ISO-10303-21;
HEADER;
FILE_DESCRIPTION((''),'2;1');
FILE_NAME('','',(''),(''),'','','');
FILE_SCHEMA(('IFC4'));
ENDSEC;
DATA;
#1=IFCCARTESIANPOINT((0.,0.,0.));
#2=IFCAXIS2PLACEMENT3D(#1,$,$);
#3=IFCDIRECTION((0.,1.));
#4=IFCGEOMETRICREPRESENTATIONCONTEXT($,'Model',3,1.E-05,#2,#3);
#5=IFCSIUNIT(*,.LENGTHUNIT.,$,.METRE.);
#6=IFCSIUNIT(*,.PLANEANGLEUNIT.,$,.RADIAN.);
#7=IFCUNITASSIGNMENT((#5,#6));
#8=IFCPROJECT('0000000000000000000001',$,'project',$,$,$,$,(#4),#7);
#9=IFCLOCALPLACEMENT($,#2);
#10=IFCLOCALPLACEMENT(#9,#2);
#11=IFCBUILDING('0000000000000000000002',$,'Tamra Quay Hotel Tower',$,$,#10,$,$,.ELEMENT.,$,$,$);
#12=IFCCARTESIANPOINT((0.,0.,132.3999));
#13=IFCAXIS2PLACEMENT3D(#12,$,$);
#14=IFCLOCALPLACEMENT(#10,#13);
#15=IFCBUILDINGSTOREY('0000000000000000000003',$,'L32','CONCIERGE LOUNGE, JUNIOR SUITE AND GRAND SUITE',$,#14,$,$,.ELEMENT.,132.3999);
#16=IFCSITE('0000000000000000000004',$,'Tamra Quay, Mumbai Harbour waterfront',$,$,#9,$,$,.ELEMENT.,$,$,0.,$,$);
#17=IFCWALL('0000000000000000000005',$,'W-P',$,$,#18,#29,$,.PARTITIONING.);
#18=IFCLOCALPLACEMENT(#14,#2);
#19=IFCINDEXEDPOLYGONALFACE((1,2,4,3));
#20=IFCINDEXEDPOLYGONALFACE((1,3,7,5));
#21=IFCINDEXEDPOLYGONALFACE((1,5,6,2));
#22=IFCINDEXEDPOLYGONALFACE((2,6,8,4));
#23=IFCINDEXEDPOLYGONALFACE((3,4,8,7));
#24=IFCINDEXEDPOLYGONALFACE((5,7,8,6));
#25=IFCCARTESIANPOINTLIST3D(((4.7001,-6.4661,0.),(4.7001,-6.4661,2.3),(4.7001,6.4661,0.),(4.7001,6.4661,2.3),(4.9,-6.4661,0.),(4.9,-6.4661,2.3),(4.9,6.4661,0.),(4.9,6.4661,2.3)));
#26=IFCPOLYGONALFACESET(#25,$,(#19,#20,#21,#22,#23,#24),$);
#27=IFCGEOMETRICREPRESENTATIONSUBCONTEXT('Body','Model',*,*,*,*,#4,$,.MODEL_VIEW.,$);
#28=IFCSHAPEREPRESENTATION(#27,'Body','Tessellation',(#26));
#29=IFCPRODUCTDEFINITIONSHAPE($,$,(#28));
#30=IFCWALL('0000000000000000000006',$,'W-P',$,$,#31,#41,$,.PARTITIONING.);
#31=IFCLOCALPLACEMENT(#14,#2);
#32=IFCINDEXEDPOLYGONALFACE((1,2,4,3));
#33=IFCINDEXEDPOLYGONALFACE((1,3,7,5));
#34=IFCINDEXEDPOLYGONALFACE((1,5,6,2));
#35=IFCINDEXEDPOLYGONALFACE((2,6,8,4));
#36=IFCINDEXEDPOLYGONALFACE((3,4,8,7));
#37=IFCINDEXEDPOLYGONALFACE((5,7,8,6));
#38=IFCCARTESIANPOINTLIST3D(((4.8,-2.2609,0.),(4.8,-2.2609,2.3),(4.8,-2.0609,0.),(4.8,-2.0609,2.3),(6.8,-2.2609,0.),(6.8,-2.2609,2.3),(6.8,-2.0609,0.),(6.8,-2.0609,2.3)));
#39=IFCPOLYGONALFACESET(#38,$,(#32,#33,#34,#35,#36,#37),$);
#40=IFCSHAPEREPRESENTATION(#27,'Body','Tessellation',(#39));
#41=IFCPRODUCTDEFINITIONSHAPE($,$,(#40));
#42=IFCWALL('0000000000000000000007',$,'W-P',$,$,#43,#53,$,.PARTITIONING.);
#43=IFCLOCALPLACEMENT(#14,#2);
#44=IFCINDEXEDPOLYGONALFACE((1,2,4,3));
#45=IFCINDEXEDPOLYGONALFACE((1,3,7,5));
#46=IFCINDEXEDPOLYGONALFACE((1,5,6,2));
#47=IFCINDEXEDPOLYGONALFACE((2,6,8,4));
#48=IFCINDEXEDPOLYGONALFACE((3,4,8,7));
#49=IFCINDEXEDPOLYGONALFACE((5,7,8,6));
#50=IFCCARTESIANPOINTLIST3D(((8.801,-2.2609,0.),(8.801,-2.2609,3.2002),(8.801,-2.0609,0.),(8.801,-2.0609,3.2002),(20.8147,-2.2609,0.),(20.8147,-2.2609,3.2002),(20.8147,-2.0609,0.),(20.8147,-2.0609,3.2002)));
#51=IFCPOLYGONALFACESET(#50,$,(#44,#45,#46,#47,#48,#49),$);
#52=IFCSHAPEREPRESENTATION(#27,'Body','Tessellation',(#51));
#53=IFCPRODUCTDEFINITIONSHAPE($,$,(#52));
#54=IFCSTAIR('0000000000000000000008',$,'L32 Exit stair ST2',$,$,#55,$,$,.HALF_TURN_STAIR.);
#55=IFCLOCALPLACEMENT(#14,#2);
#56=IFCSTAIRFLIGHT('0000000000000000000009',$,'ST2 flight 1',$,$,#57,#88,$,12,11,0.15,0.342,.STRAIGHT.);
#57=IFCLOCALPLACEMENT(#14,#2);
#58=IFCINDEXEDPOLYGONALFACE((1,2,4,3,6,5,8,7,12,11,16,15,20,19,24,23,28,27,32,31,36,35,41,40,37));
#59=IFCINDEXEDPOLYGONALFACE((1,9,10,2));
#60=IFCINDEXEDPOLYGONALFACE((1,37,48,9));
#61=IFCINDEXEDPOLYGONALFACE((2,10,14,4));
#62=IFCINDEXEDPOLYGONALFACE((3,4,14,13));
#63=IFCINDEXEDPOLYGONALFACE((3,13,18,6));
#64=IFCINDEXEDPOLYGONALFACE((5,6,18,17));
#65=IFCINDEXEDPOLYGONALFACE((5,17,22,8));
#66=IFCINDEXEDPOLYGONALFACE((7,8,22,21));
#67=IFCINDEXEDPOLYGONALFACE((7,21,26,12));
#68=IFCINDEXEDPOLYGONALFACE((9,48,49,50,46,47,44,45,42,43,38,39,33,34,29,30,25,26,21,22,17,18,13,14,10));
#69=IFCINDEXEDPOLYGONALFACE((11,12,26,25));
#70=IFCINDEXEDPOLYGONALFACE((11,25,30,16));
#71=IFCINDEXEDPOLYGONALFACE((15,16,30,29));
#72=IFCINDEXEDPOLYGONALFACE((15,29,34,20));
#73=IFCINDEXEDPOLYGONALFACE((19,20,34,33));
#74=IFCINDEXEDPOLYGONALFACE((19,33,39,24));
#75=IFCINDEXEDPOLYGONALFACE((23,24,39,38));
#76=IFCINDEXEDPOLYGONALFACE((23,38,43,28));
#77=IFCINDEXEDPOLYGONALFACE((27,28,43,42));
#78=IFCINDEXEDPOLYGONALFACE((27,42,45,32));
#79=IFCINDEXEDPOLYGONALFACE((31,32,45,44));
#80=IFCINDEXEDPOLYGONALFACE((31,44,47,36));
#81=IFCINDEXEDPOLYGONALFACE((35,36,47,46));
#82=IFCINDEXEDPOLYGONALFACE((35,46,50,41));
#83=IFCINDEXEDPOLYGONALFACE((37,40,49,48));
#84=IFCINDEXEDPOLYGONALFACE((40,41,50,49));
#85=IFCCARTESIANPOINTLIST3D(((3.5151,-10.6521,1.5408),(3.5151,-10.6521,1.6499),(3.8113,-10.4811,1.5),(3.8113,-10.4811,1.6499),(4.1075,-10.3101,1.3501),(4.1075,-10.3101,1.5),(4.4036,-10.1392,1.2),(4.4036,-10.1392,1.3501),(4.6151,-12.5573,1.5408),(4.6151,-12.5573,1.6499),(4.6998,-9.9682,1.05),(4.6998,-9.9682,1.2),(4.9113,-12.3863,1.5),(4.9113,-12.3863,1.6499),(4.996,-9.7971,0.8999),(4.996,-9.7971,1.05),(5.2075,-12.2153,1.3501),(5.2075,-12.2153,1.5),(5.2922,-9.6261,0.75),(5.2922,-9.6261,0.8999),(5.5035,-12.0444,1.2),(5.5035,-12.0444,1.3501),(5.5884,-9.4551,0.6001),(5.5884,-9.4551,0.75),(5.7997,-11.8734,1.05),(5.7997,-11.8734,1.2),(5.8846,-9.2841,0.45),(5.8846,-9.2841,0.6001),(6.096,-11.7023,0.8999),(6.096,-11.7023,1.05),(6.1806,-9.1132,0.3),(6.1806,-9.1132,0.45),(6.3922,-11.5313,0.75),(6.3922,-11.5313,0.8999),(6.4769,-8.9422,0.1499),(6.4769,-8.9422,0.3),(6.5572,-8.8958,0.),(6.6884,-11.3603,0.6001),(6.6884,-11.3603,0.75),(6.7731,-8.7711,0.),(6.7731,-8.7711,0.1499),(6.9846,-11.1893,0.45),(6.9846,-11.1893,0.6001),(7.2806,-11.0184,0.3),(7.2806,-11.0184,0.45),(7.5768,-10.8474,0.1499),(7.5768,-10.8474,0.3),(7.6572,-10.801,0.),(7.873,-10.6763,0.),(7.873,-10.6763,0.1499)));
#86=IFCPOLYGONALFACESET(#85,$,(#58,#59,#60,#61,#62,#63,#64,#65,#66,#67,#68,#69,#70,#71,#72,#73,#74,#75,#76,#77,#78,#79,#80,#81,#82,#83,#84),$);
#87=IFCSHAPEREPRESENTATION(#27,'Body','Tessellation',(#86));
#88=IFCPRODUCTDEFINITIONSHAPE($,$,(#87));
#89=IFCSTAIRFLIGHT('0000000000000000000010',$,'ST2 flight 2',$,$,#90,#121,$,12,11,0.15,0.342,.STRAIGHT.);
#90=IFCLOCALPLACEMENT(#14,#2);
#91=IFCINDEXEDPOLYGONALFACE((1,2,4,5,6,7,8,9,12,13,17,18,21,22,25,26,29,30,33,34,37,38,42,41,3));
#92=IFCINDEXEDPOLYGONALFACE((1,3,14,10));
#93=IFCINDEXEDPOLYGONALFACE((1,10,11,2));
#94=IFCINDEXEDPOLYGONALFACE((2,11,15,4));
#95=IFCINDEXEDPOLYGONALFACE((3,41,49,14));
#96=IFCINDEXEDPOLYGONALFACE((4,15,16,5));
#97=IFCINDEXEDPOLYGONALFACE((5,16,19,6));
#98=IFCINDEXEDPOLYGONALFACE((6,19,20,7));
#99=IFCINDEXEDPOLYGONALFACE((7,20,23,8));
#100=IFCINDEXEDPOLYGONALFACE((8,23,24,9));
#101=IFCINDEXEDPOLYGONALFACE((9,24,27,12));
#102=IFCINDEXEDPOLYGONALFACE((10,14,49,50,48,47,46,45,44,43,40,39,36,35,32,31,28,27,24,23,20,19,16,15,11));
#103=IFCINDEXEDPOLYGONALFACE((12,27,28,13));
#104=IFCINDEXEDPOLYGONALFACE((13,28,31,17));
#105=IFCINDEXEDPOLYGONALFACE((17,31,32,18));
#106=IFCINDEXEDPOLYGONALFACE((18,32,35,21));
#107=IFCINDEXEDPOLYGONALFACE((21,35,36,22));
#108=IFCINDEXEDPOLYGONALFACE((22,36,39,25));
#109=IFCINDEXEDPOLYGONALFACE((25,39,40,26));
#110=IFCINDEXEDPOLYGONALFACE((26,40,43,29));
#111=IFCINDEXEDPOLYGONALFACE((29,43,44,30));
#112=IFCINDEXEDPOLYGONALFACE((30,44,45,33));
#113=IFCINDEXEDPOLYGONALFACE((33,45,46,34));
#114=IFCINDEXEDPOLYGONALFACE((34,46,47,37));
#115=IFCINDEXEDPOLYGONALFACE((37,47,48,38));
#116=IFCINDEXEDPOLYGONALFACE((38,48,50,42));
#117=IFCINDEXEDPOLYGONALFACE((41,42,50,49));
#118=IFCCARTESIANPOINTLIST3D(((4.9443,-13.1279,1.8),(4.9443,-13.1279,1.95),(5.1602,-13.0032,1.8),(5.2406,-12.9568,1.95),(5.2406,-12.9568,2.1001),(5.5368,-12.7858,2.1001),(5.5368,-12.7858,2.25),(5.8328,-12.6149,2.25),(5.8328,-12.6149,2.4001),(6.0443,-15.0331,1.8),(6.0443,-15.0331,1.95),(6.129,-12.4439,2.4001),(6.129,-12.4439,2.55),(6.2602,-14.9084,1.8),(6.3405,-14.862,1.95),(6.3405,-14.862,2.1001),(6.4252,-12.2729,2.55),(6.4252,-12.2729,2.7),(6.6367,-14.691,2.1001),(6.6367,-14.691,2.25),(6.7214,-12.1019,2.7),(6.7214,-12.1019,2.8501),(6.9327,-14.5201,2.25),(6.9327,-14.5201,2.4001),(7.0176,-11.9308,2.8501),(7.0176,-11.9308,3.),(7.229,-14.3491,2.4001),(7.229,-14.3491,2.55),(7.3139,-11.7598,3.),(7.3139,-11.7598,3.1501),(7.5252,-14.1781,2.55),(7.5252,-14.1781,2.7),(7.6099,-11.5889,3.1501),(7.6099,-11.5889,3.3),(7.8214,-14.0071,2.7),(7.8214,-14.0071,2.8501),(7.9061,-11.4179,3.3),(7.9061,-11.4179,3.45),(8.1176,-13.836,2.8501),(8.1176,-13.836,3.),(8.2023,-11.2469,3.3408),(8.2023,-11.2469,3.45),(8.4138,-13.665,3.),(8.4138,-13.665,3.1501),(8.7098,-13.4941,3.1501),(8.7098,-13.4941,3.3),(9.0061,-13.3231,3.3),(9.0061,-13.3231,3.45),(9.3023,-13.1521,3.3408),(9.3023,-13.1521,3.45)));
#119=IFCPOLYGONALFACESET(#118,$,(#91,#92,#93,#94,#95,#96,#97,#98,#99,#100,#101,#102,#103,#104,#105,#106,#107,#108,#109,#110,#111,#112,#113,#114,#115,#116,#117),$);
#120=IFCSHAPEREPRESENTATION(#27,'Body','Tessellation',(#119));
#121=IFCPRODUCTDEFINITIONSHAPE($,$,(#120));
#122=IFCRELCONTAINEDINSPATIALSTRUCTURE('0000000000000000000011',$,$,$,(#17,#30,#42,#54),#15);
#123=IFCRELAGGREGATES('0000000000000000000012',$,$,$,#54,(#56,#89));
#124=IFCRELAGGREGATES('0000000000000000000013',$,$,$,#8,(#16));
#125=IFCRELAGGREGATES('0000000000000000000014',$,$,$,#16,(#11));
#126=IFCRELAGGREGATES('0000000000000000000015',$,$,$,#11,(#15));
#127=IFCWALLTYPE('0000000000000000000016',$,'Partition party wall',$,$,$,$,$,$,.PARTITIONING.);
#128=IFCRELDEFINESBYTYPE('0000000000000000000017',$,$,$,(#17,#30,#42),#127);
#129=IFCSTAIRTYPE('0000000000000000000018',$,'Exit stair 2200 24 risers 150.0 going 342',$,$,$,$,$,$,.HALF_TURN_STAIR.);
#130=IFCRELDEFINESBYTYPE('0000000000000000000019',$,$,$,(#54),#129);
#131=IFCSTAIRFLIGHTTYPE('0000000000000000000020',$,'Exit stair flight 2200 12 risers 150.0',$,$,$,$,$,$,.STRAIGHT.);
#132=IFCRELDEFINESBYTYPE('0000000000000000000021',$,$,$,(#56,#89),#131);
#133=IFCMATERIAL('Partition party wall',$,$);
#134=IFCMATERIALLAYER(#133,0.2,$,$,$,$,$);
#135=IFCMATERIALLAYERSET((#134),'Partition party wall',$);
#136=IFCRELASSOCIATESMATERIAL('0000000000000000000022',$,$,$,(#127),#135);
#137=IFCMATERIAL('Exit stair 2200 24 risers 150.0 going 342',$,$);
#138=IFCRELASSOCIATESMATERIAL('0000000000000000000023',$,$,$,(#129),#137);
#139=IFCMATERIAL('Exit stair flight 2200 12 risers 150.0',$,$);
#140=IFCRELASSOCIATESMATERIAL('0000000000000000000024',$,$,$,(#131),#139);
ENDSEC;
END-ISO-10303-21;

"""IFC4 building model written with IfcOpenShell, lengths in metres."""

from ifc_helpers import new_model, si_unit, direction, frame, frame_2d, origin, place, context, subcontext, project, spatial, polyline, rectangle, outline, extrude, material, layer, layer_set, type_object, element, aggregate, save


model = new_model("IFC4")

# Units and contexts
model_context = context("Model", 3, precision=1e-05, world=origin(), true_north=direction((0.0, 1.0)))
body_context = subcontext(model_context, "Body", "Model", "MODEL_VIEW")
ifc_project = project(units=[si_unit("LENGTHUNIT", "METRE"), si_unit("PLANEANGLEUNIT", "RADIAN")], contexts=[model_context])

# Site, building, storey
site_placement = place(None, origin())
site = spatial("IfcSite", under=ifc_project, at=site_placement, Name="Tamra Quay, Mumbai Harbour waterfront", CompositionType="ELEMENT", RefElevation=0.0)
building_placement = place(site_placement, origin())
building = spatial("IfcBuilding", under=site, at=building_placement, Name="Tamra Quay Hotel Tower", CompositionType="ELEMENT")
storey_placement = place(building_placement, frame((0.0, 0.0, 132.3999)))
storey = spatial("IfcBuildingStorey", under=building, at=storey_placement, Name="L32", Description="CONCIERGE LOUNGE, JUNIOR SUITE AND GRAND SUITE", CompositionType="ELEMENT", Elevation=132.3999)

# Walls
ifc_material_1 = material(Name="Partition party wall")
ifc_layer_1 = layer(ifc_material_1, 0.2)
ifc_layer_set_1 = layer_set([ifc_layer_1], Name="Partition party wall")
wall_type_1 = type_object("IfcWallType", Name="Partition party wall", PredefinedType="PARTITIONING", material=ifc_layer_set_1)
wall_1_placement = place(storey_placement, frame((4.8, -6.4661, 0.0), z_axis=(0.0, 0.0, 1.0), x_axis=(0.0, 1.0, 0.0)))
element("IfcWall", 1, at=wall_1_placement, inside=storey, type_object=wall_type_1, Name="W-P", PredefinedType="PARTITIONING", context=body_context, shape_type="SweptSolid", body=[
    extrude(rectangle(XDim=12.9321, YDim=0.2, at=frame_2d((6.4661, 0.0))), origin(), (0.0, 0.0, 1.0), 2.3),
])
wall_2_placement = place(storey_placement, frame((4.8, -2.1609, 0.0), z_axis=(0.0, 0.0, 1.0), x_axis=(1.0, 0.0, 0.0)))
element("IfcWall", 2, at=wall_2_placement, inside=storey, type_object=wall_type_1, Name="W-P", PredefinedType="PARTITIONING", context=body_context, shape_type="SweptSolid", body=[
    extrude(rectangle(XDim=2.0, YDim=0.2, at=frame_2d((1.0, 0.0))), origin(), (0.0, 0.0, 1.0), 2.3),
])
wall_3_placement = place(storey_placement, frame((8.801, -2.1609, 0.0), z_axis=(0.0, 0.0, 1.0), x_axis=(1.0, 0.0, 0.0)))
element("IfcWall", 3, at=wall_3_placement, inside=storey, type_object=wall_type_1, Name="W-P", PredefinedType="PARTITIONING", context=body_context, shape_type="SweptSolid", body=[
    extrude(rectangle(XDim=12.0137, YDim=0.2, at=frame_2d((6.0068, 0.0))), origin(), (0.0, 0.0, 1.0), 3.2002),
])

# Stair, stair flights
ifc_material_2 = material(Name="Exit stair 2200 24 risers 150.0 going 342")
stair_type = type_object("IfcStairType", Name="Exit stair 2200 24 risers 150.0 going 342", PredefinedType="HALF_TURN_STAIR", material=ifc_material_2)
stair_placement = place(storey_placement, origin())
stair = element("IfcStair", 4, at=stair_placement, inside=storey, type_object=stair_type, Name="L32 Exit stair ST2", PredefinedType="HALF_TURN_STAIR")
ifc_material_3 = material(Name="Exit stair flight 2200 12 risers 150.0")
stair_flight_type = type_object("IfcStairFlightType", Name="Exit stair flight 2200 12 risers 150.0", PredefinedType="STRAIGHT", material=ifc_material_3)
stair_flight_1_placement = place(storey_placement, frame((7.323, -9.7236, 0.0), z_axis=(0.0, 0.0, 1.0), x_axis=(-0.866025, -0.5, 0.0)))
stair_flight_1 = element("IfcStairFlight", 5, at=stair_flight_1_placement, type_object=stair_flight_type, Name="ST2 flight 1", NumberOfRisers=12, NumberOfTreads=11, PredefinedType="STRAIGHT", RiserHeight=0.15, TreadLength=0.342, context=body_context, shape_type="SweptSolid", body=[
    extrude(outline(polyline([(0.0, 0.0), (0.0, 0.1499), (0.342, 0.1499), (0.342, 0.3), (0.6841, 0.3), (0.6841, 0.45), (1.0259, 0.45), (1.0259, 0.6001), (1.3679, 0.6001), (1.3679, 0.75), (1.71, 0.75), (1.71, 0.8999), (2.052, 0.8999), (2.052, 1.05), (2.394, 1.05), (2.394, 1.2), (2.7361, 1.2), (2.7361, 1.3501), (3.0779, 1.3501), (3.0779, 1.5), (3.4199, 1.5), (3.4199, 1.6499), (3.762, 1.6499), (3.762, 1.8), (3.762, 1.5408), (0.2493, 0.0), (0.0, 0.0)])), frame((0.0, 1.1001, 0.0), z_axis=(0.0, -1.0, 0.0), x_axis=(1.0, 0.0, 0.0)), (0.0, 0.0, 1.0), 2.2),
])
stair_flight_2_placement = place(storey_placement, frame((5.4944, -14.0806, 1.8), z_axis=(0.0, 0.0, 1.0), x_axis=(0.866025, 0.5, 0.0)))
stair_flight_2 = element("IfcStairFlight", 6, at=stair_flight_2_placement, type_object=stair_flight_type, Name="ST2 flight 2", NumberOfRisers=12, NumberOfTreads=11, PredefinedType="STRAIGHT", RiserHeight=0.15, TreadLength=0.342, context=body_context, shape_type="SweptSolid", body=[
    extrude(outline(polyline([(0.0, 0.0), (0.0, 0.1499), (0.342, 0.1499), (0.342, 0.3), (0.6841, 0.3), (0.6841, 0.45), (1.0259, 0.45), (1.0259, 0.6001), (1.3679, 0.6001), (1.3679, 0.75), (1.71, 0.75), (1.71, 0.8999), (2.052, 0.8999), (2.052, 1.05), (2.394, 1.05), (2.394, 1.2), (2.7361, 1.2), (2.7361, 1.3501), (3.0779, 1.3501), (3.0779, 1.5), (3.4199, 1.5), (3.4199, 1.6499), (3.762, 1.6499), (3.762, 1.8), (3.762, 1.5408), (0.2493, 0.0), (0.0, 0.0)])), frame((0.0, 1.1001, 0.0), z_axis=(0.0, -1.0, 0.0), x_axis=(1.0, 0.0, 0.0)), (0.0, 0.0, 1.0), 2.2),
])
aggregate(stair, [stair_flight_1, stair_flight_2])

save(model, "model.ifc")
